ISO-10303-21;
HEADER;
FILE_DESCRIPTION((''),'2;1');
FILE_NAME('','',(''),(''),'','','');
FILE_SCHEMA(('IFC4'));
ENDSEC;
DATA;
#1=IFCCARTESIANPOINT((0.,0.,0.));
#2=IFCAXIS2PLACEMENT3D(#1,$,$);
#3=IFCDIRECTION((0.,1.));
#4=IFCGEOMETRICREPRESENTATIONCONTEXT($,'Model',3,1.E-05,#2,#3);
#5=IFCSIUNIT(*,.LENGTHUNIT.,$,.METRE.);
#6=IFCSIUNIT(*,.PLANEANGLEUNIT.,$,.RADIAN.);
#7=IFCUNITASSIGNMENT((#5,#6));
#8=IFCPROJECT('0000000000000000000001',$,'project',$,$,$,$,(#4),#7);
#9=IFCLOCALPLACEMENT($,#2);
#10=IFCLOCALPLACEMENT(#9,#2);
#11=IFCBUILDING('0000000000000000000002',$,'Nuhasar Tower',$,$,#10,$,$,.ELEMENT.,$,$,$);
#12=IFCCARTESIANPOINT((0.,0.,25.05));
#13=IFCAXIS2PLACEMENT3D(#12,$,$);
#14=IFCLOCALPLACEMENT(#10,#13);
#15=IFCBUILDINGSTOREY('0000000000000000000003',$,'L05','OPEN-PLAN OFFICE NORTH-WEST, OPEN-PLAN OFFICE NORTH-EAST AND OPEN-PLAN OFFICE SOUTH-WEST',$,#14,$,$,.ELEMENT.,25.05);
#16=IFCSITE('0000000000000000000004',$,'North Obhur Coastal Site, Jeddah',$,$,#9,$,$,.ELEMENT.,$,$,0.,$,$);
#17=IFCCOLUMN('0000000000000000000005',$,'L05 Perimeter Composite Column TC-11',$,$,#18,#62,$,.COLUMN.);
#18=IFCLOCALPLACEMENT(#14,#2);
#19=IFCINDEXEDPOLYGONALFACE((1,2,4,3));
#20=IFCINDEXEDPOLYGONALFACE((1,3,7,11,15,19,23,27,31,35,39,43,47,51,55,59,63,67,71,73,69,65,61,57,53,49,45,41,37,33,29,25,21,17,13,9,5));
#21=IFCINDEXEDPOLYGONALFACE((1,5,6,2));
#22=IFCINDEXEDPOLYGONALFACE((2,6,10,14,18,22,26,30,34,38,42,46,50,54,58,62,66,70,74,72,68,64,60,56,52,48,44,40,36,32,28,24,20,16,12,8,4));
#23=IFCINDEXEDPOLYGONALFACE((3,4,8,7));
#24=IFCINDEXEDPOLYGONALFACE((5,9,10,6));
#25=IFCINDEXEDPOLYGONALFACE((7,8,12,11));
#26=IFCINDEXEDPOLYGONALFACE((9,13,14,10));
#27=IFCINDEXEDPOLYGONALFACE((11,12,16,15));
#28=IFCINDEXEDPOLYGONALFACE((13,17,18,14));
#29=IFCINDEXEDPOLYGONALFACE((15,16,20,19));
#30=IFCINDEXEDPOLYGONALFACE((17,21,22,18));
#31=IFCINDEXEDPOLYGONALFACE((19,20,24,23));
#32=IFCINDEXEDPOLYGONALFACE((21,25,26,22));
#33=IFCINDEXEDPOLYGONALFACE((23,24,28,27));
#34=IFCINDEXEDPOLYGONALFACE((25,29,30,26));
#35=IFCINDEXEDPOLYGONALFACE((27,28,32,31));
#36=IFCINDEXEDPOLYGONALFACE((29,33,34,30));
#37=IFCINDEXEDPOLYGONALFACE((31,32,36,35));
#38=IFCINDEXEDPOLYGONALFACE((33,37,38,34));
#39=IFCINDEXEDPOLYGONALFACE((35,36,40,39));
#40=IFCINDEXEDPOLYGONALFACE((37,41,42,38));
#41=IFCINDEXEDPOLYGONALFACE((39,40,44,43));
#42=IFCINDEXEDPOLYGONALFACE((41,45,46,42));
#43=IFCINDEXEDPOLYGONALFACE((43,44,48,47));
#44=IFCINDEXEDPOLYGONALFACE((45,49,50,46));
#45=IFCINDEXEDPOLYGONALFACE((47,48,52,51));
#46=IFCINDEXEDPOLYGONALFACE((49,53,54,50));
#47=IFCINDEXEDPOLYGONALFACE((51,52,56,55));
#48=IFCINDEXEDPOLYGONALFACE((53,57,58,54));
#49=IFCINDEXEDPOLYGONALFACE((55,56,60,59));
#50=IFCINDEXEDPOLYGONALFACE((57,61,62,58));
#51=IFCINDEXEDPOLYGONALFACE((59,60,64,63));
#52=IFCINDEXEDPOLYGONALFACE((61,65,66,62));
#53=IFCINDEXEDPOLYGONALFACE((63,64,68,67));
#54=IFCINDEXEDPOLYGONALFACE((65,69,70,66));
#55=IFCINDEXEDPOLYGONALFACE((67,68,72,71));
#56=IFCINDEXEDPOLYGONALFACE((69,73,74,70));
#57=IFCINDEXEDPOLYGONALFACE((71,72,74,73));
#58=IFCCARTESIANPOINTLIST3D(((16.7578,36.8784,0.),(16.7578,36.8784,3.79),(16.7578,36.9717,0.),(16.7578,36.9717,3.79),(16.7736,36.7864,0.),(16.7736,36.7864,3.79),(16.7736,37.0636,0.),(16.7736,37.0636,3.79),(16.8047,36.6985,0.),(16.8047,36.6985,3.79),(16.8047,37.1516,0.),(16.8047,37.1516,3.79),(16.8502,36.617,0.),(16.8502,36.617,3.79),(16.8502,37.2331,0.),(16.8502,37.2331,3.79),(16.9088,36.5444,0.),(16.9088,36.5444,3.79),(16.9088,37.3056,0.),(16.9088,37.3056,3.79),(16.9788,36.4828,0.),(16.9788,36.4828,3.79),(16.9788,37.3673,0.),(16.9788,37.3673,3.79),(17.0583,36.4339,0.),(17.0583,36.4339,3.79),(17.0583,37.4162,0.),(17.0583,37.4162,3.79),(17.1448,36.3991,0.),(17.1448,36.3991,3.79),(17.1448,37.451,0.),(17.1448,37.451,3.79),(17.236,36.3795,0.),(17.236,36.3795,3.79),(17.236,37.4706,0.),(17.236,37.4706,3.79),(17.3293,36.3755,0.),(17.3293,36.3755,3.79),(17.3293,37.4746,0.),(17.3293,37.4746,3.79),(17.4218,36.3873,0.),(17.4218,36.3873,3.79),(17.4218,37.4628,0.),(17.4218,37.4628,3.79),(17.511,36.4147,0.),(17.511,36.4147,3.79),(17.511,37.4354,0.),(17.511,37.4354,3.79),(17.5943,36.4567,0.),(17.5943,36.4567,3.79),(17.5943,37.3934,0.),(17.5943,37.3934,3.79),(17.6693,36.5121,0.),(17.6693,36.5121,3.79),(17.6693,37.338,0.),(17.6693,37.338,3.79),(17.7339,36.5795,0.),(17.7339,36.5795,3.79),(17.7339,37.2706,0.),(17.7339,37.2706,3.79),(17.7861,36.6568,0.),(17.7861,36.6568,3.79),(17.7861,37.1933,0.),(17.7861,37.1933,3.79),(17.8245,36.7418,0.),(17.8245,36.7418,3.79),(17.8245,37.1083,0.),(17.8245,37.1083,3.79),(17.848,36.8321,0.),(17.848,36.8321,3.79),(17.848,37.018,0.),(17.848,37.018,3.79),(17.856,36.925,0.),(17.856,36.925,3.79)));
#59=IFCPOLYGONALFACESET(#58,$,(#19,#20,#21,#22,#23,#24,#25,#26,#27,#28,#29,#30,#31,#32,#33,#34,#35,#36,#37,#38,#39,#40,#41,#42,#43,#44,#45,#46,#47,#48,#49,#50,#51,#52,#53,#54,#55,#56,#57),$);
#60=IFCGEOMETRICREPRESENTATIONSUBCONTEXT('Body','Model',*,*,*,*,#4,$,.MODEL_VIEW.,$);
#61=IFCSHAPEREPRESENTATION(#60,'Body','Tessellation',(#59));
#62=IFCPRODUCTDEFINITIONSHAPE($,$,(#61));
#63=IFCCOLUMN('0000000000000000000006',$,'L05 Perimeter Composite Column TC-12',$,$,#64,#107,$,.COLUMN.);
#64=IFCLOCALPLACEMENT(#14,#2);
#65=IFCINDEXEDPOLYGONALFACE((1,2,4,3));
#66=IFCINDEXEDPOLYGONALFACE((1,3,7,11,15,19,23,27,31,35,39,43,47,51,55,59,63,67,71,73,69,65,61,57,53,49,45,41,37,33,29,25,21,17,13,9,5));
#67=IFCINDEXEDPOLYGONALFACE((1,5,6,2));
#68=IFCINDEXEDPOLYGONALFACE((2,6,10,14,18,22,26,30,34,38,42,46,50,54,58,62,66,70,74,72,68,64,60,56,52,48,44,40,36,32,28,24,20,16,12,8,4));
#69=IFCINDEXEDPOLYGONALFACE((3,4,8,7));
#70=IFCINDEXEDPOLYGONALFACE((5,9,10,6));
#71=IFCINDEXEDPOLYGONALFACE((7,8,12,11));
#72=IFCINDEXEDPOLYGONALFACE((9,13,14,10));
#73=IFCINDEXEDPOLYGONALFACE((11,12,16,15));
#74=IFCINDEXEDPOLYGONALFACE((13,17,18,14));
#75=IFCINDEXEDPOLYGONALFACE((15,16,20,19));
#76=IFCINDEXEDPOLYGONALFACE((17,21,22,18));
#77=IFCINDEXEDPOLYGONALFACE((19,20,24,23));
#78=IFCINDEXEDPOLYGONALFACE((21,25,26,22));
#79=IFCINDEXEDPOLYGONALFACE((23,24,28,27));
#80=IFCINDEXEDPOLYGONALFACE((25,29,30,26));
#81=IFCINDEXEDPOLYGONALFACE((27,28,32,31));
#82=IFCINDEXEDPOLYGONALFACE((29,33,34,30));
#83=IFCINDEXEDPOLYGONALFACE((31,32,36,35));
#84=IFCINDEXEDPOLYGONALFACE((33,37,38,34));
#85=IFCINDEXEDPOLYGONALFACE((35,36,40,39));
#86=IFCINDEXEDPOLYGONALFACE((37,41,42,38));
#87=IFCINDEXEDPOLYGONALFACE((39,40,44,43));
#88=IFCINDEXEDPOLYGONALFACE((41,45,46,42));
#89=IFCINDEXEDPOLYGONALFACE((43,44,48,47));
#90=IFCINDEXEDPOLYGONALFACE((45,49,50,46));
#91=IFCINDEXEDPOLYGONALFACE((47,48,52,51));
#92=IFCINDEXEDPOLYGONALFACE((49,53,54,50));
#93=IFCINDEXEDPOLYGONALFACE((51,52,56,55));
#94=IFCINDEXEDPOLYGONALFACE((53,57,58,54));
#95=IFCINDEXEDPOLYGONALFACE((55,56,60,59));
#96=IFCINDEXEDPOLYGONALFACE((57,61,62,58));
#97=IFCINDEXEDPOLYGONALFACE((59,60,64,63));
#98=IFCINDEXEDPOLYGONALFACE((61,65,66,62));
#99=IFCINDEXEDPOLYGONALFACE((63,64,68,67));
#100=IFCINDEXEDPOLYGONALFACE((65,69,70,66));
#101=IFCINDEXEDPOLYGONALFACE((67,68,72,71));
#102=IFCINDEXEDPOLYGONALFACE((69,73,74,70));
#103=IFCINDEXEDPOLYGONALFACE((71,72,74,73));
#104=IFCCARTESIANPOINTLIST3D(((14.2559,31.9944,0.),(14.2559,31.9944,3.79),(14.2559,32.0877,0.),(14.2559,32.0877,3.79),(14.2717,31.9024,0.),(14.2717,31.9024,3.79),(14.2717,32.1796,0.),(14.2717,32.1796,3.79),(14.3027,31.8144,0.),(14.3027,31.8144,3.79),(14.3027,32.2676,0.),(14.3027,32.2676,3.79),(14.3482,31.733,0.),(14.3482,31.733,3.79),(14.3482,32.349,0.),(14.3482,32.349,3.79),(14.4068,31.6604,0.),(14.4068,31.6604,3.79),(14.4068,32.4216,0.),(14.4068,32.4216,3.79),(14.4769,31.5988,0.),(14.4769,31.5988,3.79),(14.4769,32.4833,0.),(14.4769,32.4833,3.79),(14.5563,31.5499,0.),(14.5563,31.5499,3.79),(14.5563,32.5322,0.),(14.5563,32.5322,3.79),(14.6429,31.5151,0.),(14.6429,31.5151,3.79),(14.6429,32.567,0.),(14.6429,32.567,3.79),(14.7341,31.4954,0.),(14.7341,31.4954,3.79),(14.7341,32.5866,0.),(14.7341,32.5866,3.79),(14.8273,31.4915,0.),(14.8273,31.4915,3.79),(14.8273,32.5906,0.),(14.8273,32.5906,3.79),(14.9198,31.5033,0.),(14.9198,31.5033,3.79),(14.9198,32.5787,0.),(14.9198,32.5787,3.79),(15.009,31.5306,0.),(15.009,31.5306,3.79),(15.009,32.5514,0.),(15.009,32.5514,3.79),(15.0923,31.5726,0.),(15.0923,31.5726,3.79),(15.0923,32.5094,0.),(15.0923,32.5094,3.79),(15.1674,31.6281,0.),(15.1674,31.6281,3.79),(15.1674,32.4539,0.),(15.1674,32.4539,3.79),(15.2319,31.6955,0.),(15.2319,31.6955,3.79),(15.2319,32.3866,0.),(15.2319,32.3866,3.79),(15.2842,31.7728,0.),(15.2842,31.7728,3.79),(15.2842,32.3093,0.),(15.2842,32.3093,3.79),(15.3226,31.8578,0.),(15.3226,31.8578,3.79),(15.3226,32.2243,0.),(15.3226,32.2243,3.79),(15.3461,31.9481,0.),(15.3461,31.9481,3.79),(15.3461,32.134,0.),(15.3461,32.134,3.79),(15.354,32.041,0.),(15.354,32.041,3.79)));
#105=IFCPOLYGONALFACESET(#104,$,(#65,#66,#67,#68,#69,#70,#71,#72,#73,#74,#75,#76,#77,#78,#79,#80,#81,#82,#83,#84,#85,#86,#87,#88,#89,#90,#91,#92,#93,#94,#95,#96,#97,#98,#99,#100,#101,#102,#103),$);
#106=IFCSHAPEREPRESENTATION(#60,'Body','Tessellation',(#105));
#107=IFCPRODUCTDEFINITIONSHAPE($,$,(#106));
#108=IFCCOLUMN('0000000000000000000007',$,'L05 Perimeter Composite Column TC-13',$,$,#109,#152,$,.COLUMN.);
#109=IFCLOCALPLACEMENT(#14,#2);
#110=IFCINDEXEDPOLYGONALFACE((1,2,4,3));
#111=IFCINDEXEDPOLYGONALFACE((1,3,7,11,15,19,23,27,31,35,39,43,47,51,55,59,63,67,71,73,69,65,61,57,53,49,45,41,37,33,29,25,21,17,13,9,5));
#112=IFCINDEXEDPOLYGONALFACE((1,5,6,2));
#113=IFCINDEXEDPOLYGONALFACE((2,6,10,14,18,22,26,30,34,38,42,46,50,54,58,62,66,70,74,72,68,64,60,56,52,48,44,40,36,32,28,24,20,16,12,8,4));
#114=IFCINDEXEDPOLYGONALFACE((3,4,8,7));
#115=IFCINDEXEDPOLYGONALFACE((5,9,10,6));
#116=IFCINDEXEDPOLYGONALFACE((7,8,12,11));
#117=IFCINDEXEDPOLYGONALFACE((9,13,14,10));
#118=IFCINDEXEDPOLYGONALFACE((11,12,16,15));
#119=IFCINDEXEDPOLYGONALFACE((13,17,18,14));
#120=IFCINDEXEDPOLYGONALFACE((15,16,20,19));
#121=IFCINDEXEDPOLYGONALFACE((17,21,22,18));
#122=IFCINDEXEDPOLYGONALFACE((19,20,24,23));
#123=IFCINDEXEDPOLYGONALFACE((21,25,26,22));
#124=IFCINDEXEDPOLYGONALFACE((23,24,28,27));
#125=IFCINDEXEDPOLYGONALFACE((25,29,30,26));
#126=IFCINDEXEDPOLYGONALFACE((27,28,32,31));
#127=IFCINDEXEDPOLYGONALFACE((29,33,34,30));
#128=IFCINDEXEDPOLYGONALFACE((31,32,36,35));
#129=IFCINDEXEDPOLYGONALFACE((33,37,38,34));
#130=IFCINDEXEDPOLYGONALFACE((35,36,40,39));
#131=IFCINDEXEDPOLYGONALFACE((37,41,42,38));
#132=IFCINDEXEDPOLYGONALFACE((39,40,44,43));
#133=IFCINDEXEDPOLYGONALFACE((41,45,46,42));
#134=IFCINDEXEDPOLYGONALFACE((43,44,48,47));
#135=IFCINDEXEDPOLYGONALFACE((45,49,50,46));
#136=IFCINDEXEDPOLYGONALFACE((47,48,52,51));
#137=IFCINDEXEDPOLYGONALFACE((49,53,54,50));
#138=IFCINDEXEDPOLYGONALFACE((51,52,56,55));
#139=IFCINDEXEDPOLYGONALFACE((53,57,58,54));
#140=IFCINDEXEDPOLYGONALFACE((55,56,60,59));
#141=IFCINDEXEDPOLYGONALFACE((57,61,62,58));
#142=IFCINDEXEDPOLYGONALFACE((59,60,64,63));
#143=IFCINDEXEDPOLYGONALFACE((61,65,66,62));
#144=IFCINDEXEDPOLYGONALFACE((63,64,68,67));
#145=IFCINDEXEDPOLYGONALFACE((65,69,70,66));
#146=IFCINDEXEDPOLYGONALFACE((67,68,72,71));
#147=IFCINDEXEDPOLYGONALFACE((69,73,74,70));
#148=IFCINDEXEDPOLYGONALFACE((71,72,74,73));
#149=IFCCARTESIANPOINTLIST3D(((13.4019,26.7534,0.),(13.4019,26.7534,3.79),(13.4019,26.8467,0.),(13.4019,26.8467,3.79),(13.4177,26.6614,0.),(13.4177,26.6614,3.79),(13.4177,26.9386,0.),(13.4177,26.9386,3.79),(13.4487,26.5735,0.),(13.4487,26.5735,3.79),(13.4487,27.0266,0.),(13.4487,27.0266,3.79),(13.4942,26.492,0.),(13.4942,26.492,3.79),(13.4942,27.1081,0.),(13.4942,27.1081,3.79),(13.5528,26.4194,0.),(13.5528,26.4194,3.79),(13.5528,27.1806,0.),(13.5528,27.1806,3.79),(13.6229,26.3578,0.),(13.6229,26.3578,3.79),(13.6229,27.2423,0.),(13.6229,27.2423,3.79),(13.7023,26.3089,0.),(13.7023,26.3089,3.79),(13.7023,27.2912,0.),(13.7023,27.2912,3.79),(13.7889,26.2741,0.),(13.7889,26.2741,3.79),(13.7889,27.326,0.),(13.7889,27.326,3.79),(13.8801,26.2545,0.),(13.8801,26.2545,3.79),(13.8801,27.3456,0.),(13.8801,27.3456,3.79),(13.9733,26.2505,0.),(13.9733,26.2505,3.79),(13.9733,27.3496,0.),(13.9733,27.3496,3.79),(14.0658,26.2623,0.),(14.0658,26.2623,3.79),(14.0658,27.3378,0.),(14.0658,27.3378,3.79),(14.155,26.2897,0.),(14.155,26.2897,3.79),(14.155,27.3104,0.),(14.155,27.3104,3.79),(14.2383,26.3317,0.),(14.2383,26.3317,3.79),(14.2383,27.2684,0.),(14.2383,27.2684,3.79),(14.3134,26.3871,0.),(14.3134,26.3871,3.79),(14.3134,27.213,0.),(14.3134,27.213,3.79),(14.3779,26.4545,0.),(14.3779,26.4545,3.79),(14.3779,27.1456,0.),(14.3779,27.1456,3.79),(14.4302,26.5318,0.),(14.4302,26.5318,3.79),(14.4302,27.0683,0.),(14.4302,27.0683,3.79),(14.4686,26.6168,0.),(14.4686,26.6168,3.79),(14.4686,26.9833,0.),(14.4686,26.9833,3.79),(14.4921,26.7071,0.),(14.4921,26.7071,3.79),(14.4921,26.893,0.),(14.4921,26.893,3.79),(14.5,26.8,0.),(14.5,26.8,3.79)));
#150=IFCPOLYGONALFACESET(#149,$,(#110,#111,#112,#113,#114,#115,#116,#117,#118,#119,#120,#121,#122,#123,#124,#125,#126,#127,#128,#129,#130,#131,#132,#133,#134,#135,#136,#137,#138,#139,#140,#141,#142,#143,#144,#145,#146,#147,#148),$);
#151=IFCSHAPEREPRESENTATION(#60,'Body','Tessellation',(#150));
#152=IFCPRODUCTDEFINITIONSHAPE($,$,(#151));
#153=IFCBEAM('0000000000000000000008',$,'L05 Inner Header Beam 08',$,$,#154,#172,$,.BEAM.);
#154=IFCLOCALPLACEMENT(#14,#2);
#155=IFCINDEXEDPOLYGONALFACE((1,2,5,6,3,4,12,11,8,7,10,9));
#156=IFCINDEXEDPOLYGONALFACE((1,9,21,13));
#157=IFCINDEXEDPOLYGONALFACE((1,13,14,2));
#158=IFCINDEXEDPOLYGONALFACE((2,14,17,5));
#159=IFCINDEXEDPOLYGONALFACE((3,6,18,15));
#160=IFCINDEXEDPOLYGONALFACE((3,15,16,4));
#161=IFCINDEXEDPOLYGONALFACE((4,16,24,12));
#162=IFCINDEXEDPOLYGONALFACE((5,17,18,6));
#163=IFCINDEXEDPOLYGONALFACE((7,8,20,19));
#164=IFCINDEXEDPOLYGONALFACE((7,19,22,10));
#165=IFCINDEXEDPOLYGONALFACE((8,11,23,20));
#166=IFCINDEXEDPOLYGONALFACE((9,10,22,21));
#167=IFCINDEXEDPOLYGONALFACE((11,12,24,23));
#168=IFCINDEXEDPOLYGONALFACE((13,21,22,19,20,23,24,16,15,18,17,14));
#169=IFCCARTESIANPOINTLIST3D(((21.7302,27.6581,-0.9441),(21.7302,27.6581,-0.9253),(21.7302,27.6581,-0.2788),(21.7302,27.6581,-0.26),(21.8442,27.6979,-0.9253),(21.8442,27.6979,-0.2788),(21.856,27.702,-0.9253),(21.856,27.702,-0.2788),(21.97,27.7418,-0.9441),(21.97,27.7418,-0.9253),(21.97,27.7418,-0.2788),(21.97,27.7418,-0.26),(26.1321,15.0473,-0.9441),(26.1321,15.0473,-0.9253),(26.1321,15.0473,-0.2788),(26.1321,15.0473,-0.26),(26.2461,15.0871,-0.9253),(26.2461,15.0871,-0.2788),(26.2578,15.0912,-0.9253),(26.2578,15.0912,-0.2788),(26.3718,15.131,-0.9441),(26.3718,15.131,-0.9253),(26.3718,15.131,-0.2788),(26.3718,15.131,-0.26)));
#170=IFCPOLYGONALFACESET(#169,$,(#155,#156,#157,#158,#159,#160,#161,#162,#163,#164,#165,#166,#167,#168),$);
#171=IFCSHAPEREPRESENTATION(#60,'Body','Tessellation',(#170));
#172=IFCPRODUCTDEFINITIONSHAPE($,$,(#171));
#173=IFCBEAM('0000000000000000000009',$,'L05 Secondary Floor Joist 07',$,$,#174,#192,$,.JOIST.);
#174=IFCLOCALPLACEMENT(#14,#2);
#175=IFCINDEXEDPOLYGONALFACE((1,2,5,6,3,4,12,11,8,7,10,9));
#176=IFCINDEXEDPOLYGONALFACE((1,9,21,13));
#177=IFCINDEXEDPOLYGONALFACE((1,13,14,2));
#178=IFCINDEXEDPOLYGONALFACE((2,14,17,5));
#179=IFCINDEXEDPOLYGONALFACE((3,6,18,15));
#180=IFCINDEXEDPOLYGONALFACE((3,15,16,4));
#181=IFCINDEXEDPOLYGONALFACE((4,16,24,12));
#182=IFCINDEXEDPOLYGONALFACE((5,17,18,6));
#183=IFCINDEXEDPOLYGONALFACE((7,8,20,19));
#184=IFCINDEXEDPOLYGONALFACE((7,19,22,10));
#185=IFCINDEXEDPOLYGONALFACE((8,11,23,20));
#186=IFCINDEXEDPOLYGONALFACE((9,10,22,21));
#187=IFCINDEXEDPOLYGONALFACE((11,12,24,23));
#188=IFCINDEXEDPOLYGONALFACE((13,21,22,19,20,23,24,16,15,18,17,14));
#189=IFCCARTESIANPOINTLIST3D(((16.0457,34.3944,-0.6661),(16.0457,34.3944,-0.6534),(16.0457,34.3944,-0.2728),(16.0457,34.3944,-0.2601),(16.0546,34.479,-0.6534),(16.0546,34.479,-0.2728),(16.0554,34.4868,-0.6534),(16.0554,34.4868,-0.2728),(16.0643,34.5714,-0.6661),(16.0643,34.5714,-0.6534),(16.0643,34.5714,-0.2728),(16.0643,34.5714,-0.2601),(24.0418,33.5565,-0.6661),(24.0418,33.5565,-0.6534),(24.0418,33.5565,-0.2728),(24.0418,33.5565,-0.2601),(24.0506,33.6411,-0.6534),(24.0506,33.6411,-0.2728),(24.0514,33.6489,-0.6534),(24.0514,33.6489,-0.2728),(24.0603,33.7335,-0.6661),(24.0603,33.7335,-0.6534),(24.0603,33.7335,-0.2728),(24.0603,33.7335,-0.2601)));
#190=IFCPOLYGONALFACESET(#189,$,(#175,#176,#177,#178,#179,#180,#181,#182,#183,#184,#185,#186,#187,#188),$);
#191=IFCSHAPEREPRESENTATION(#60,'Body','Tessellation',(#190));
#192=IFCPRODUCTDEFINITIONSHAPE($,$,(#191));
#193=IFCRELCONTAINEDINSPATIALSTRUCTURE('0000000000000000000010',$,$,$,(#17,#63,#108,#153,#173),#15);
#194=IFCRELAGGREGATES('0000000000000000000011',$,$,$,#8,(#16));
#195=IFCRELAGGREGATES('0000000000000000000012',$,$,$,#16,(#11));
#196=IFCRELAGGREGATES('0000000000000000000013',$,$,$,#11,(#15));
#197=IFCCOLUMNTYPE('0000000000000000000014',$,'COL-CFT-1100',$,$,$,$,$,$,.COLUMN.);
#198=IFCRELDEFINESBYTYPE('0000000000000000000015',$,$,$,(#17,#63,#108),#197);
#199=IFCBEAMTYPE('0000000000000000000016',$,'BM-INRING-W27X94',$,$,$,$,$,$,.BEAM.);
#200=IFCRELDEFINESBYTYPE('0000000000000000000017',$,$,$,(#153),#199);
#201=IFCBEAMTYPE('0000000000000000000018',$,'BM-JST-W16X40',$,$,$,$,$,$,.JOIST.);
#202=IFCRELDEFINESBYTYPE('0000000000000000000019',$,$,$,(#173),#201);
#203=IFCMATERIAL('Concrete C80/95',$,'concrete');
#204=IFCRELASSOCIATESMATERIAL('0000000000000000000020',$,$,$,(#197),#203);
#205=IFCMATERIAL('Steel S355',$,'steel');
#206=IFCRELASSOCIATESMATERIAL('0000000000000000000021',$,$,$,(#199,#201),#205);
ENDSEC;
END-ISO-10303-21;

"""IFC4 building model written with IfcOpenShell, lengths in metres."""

from ifc_helpers import new_model, si_unit, direction, frame, origin, origin_2d, place, context, subcontext, project, spatial, circle, i_section, extrude, material, material_profile, profile_set, type_object, element, save


model = new_model("IFC4")

# Units and contexts
model_context = context("Model", 3, precision=1e-05, world=origin(), true_north=direction((0.0, 1.0)))
body_context = subcontext(model_context, "Body", "Model", "MODEL_VIEW")
ifc_project = project(units=[si_unit("LENGTHUNIT", "METRE"), si_unit("PLANEANGLEUNIT", "RADIAN")], contexts=[model_context])

# Site, building, storey
site_placement = place(None, origin())
site = spatial("IfcSite", under=ifc_project, at=site_placement, Name="North Obhur Coastal Site, Jeddah", CompositionType="ELEMENT", RefElevation=0.0)
building_placement = place(site_placement, origin())
building = spatial("IfcBuilding", under=site, at=building_placement, Name="Nuhasar Tower", CompositionType="ELEMENT")
storey_placement = place(building_placement, frame((0.0, 0.0, 25.05)))
storey = spatial("IfcBuildingStorey", under=building, at=storey_placement, Name="L05", Description="OPEN-PLAN OFFICE NORTH-WEST, OPEN-PLAN OFFICE NORTH-EAST AND OPEN-PLAN OFFICE SOUTH-WEST", CompositionType="ELEMENT", Elevation=25.05)

# Columns
ifc_material_1 = material(Name="Concrete C80/95", Category="concrete")
ifc_material_profile_1 = material_profile(ifc_material_1, circle(Radius=0.55, at=origin_2d()), Name="CFT1100")
ifc_profile_set_1 = profile_set([ifc_material_profile_1], Name="Concrete C80/95")
column_type = type_object("IfcColumnType", Name="COL-CFT-1100", PredefinedType="COLUMN", material=ifc_profile_set_1)
for number, where, z_axis, x_axis, name in (
    (1, (17.3059, 36.925, 0.0), (0.0, 0.0, 1.0), (1.0, 0.0, 0.0), "L05 Perimeter Composite Column TC-11"),
    (2, (14.804, 32.041, 0.0), (0.0, 0.0, 1.0), (1.0, 0.0, 0.0), "L05 Perimeter Composite Column TC-12"),
    (3, (13.95, 26.8, 0.0), (0.0, 0.0, 1.0), (1.0, 0.0, 0.0), "L05 Perimeter Composite Column TC-13"),
):
    element("IfcColumn", number, at=place(storey_placement, frame(where, z_axis=z_axis, x_axis=x_axis)), inside=storey, type_object=column_type, Name=name, PredefinedType="COLUMN", context=body_context, shape_type="SweptSolid", body=[
        extrude(circle(Radius=0.55, at=origin_2d()), origin(), (0.0, 0.0, 1.0), 3.79),
    ])

# Beams
ifc_material_2 = material(Name="Steel S355", Category="steel")
ifc_material_profile_2 = material_profile(ifc_material_2, i_section(OverallWidth=0.2539, OverallDepth=0.6841, WebThickness=0.0125, FlangeThickness=0.0188, at=origin_2d()), Name="W27X94")
ifc_profile_set_2 = profile_set([ifc_material_profile_2], Name="Steel S355")
beam_type_1 = type_object("IfcBeamType", Name="BM-INRING-W27X94", PredefinedType="BEAM", material=ifc_profile_set_2)
beam_1_placement = place(storey_placement, frame((21.8501, 27.7, -0.6021), z_axis=(0.329554, -0.944137, 0.0), x_axis=(0.944137, 0.329554, 0.0)))
element("IfcBeam", 4, at=beam_1_placement, inside=storey, type_object=beam_type_1, Name="L05 Inner Header Beam 08", PredefinedType="BEAM", context=body_context, shape_type="SweptSolid", body=[
    extrude(i_section(OverallWidth=0.2539, OverallDepth=0.6841, WebThickness=0.0125, FlangeThickness=0.0188, at=origin_2d()), origin(), (0.0, 0.0, 1.0), 13.3569),
])
ifc_material_profile_3 = material_profile(ifc_material_2, i_section(OverallWidth=0.178, OverallDepth=0.406, WebThickness=0.0078, FlangeThickness=0.0127, at=origin_2d()), Name="W16X40")
ifc_profile_set_3 = profile_set([ifc_material_profile_3], Name="Steel S355")
beam_type_2 = type_object("IfcBeamType", Name="BM-JST-W16X40", PredefinedType="JOIST", material=ifc_profile_set_3)
beam_2_placement = place(storey_placement, frame((24.051, 33.645, -0.4631), z_axis=(-0.994555, 0.104217, 0.0), x_axis=(-0.104217, -0.994555, 0.0)))
element("IfcBeam", 5, at=beam_2_placement, inside=storey, type_object=beam_type_2, Name="L05 Secondary Floor Joist 07", PredefinedType="JOIST", context=body_context, shape_type="SweptSolid", body=[
    extrude(i_section(OverallWidth=0.178, OverallDepth=0.406, WebThickness=0.0078, FlangeThickness=0.0127, at=origin_2d()), origin(), (0.0, 0.0, 1.0), 8.0398),
])

save(model, "model.ifc")
